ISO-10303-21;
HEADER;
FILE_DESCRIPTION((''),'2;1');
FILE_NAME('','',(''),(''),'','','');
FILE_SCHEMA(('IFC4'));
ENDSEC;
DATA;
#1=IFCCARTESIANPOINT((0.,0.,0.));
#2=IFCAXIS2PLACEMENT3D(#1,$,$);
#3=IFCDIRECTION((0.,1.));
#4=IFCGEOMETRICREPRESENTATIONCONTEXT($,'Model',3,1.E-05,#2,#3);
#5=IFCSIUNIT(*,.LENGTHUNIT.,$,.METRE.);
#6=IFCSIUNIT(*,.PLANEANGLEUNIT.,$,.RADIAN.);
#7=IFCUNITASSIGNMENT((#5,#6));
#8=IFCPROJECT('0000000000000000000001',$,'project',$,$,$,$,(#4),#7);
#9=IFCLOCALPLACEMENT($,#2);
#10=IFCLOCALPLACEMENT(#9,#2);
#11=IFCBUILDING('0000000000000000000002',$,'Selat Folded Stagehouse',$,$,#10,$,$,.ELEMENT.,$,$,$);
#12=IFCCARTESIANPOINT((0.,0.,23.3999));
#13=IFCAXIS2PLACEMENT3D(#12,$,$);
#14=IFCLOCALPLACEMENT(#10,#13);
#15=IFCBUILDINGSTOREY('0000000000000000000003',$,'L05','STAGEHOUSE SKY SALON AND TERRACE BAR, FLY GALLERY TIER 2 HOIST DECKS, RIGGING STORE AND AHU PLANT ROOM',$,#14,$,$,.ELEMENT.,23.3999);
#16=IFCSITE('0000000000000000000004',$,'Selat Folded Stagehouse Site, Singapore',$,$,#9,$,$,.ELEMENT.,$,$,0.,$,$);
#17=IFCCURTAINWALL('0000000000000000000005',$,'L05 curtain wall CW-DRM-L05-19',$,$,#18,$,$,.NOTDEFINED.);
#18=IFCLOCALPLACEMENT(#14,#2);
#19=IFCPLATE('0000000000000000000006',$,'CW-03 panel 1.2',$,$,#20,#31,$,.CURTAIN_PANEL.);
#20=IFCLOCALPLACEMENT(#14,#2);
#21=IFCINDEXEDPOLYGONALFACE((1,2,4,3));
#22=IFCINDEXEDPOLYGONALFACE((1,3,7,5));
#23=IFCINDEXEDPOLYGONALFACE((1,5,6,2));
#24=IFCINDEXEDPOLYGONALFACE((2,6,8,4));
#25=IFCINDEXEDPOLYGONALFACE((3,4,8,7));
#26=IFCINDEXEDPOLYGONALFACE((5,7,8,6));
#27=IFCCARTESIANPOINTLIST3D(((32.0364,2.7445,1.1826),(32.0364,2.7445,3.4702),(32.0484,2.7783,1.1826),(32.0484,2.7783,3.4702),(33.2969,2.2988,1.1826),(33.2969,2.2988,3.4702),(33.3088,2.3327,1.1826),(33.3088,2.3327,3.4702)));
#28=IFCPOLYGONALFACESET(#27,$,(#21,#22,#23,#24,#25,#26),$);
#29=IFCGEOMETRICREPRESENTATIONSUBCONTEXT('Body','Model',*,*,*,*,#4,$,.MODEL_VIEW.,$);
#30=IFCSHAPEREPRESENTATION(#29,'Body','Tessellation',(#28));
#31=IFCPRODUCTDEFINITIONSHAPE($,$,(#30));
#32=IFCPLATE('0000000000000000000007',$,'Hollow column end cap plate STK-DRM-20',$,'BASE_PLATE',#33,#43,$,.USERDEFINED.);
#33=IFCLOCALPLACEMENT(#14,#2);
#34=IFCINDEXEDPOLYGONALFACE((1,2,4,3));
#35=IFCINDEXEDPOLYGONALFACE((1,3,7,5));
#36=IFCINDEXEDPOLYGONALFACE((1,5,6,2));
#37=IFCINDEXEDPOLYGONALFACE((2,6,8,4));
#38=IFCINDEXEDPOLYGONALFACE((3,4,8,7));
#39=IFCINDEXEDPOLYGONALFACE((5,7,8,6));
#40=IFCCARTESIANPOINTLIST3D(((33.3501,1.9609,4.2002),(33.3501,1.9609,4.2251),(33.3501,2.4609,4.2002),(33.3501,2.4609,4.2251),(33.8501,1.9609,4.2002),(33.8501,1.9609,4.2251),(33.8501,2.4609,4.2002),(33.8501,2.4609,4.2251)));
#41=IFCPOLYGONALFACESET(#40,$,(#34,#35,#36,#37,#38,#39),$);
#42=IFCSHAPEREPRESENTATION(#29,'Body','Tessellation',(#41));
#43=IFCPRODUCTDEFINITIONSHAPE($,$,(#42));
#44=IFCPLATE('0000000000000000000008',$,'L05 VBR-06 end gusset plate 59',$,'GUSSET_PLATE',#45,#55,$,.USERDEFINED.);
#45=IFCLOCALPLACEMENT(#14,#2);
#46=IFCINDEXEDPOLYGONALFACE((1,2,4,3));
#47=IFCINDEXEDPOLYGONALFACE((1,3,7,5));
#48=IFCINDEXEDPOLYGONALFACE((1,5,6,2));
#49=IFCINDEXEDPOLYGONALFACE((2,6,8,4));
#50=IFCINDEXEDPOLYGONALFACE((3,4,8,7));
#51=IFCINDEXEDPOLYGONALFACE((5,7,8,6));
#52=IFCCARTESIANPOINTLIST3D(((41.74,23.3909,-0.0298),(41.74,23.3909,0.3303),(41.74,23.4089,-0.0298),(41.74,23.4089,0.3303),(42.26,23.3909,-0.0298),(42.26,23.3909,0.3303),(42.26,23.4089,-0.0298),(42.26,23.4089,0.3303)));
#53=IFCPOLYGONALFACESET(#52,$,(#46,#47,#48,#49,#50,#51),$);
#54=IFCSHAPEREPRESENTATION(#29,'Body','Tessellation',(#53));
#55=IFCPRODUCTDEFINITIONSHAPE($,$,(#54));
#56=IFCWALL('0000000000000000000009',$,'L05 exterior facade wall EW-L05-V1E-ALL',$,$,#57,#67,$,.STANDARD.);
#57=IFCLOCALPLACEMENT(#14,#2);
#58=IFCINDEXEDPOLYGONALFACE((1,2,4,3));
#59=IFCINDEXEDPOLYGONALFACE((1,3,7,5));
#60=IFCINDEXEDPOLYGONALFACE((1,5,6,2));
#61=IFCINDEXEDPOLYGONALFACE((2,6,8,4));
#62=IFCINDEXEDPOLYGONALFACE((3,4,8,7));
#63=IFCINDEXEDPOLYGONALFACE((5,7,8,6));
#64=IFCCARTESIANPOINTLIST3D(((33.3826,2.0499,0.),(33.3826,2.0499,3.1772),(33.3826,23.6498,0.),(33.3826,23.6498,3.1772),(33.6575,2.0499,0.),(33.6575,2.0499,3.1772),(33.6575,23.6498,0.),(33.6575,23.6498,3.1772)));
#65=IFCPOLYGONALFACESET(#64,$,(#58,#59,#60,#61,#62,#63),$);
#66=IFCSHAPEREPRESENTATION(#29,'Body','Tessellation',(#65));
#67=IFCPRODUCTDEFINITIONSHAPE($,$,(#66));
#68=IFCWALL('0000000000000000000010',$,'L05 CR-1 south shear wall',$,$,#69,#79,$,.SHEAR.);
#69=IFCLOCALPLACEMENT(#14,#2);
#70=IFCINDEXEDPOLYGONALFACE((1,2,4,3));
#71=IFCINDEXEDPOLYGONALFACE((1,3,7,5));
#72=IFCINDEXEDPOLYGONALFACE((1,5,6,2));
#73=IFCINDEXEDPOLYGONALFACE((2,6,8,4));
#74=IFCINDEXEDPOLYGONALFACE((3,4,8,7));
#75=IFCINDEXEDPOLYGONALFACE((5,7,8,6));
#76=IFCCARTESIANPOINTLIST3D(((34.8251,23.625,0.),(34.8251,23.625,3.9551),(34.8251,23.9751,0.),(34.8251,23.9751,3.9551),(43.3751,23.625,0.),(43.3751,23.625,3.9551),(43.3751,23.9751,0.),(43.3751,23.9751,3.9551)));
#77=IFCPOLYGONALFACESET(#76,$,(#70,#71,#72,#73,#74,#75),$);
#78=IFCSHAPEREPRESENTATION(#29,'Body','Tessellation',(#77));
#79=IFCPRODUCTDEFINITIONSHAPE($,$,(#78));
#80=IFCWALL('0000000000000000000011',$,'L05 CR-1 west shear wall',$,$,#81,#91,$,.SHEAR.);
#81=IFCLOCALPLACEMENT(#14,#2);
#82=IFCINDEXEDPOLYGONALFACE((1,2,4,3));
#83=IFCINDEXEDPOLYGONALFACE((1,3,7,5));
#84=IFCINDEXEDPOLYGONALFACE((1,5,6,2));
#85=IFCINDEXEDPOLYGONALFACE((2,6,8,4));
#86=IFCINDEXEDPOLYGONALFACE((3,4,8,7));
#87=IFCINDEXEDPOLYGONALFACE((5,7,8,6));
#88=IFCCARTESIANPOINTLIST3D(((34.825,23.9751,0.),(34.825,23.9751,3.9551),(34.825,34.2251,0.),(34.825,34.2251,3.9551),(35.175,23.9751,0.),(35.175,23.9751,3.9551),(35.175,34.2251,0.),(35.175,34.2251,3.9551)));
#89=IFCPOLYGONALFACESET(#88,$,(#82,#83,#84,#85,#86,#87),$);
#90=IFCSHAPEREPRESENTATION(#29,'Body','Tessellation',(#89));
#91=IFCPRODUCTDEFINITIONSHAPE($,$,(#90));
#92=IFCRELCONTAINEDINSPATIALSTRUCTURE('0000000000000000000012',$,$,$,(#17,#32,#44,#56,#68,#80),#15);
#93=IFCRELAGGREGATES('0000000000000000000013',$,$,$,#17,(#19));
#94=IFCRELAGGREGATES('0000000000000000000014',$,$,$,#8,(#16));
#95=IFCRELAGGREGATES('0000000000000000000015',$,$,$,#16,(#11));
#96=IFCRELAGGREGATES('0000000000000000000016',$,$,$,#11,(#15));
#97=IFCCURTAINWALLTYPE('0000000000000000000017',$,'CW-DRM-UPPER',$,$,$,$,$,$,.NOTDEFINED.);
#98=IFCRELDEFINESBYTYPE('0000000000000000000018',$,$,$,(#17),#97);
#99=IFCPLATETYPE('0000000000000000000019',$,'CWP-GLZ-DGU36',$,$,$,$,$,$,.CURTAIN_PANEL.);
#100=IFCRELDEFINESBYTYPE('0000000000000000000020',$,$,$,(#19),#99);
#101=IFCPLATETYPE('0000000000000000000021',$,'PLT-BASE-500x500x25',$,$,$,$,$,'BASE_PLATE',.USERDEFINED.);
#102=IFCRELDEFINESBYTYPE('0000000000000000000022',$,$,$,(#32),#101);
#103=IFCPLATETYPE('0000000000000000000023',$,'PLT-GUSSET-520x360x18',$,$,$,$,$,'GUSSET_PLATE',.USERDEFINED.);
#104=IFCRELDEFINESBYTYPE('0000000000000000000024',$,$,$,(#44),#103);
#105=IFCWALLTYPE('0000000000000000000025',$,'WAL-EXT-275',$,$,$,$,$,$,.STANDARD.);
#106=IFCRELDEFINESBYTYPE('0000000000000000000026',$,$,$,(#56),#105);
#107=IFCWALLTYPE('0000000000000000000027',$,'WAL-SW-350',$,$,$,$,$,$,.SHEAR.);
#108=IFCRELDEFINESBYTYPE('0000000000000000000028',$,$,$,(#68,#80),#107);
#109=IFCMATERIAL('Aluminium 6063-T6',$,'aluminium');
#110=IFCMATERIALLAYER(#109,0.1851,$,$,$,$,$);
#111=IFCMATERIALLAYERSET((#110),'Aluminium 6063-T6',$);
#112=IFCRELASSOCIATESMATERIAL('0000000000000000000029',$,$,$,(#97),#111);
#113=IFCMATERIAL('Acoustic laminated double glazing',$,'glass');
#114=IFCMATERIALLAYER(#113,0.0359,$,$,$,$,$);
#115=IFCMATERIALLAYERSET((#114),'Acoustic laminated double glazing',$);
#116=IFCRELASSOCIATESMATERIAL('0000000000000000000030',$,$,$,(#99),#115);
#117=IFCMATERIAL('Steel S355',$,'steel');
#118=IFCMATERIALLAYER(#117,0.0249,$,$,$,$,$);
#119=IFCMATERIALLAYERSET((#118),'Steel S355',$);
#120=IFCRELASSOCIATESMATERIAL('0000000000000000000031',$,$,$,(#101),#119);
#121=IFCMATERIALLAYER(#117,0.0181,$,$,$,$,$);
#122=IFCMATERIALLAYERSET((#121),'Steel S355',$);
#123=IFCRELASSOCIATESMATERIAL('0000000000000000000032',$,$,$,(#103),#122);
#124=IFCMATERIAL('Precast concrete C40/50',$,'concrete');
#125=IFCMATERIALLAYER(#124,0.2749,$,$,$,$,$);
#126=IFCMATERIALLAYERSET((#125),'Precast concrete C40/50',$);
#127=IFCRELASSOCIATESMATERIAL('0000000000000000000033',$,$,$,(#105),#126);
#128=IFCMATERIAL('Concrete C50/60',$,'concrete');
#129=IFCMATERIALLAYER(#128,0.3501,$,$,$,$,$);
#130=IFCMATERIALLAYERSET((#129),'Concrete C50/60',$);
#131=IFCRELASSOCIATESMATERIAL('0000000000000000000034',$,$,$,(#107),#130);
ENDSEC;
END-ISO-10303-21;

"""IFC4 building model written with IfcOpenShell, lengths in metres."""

from ifc_helpers import new_model, si_unit, direction, frame, frame_2d, origin, origin_2d, place, context, subcontext, project, spatial, rectangle, extrude, material, layer, layer_set, type_object, element, aggregate, save


model = new_model("IFC4")

# Units and contexts
model_context = context("Model", 3, precision=1e-05, world=origin(), true_north=direction((0.0, 1.0)))
body_context = subcontext(model_context, "Body", "Model", "MODEL_VIEW")
ifc_project = project(units=[si_unit("LENGTHUNIT", "METRE"), si_unit("PLANEANGLEUNIT", "RADIAN")], contexts=[model_context])

# Site, building, storey
site_placement = place(None, origin())
site = spatial("IfcSite", under=ifc_project, at=site_placement, Name="Selat Folded Stagehouse Site, Singapore", CompositionType="ELEMENT", RefElevation=0.0)
building_placement = place(site_placement, origin())
building = spatial("IfcBuilding", under=site, at=building_placement, Name="Selat Folded Stagehouse", CompositionType="ELEMENT")
storey_placement = place(building_placement, frame((0.0, 0.0, 23.3999)))
storey = spatial("IfcBuildingStorey", under=building, at=storey_placement, Name="L05", Description="STAGEHOUSE SKY SALON AND TERRACE BAR, FLY GALLERY TIER 2 HOIST DECKS, RIGGING STORE AND AHU PLANT ROOM", CompositionType="ELEMENT", Elevation=23.3999)

# Shared definitions
ifc_material_1 = material(Name="Steel S355", Category="steel")

# Curtain wall
ifc_material_2 = material(Name="Aluminium 6063-T6", Category="aluminium")
ifc_layer_1 = layer(ifc_material_2, 0.1851)
ifc_layer_set_1 = layer_set([ifc_layer_1], Name="Aluminium 6063-T6")
curtain_wall_type = type_object("IfcCurtainWallType", Name="CW-DRM-UPPER", PredefinedType="NOTDEFINED", material=ifc_layer_set_1)
curtain_wall_placement = place(storey_placement, origin())
curtain_wall = element("IfcCurtainWall", 1, at=curtain_wall_placement, inside=storey, type_object=curtain_wall_type, Name="L05 curtain wall CW-DRM-L05-19", PredefinedType="NOTDEFINED")

# Plate
ifc_material_3 = material(Name="Acoustic laminated double glazing", Category="glass")
ifc_layer_2 = layer(ifc_material_3, 0.0359)
ifc_layer_set_2 = layer_set([ifc_layer_2], Name="Acoustic laminated double glazing")
plate_type_1 = type_object("IfcPlateType", Name="CWP-GLZ-DGU36", PredefinedType="CURTAIN_PANEL", material=ifc_layer_set_2)
plate_1_placement = place(storey_placement, frame((32.6726, 2.5386, 1.1826), z_axis=(0.0, 0.0, 1.0), x_axis=(-0.942816, 0.333314, 0.0)))
plate_1 = element("IfcPlate", 2, at=plate_1_placement, type_object=plate_type_1, Name="CW-03 panel 1.2", PredefinedType="CURTAIN_PANEL", context=body_context, shape_type="SweptSolid", body=[
    extrude(rectangle(XDim=1.3369, YDim=0.0359, at=origin_2d()), origin(), (0.0, 0.0, 1.0), 2.2876),
])
aggregate(curtain_wall, [plate_1])

# Plates
ifc_layer_3 = layer(ifc_material_1, 0.0249)
ifc_layer_set_3 = layer_set([ifc_layer_3], Name="Steel S355")
plate_type_2 = type_object("IfcPlateType", Name="PLT-BASE-500x500x25", ElementType="BASE_PLATE", PredefinedType="USERDEFINED", material=ifc_layer_set_3)
plate_2_placement = place(storey_placement, frame((33.6001, 2.2109, 4.2002), z_axis=(0.0, 0.0, 1.0), x_axis=(1.0, 0.0, 0.0)))
element("IfcPlate", 3, at=plate_2_placement, inside=storey, type_object=plate_type_2, Name="Hollow column end cap plate STK-DRM-20", ObjectType="BASE_PLATE", PredefinedType="USERDEFINED", context=body_context, shape_type="SweptSolid", body=[
    extrude(rectangle(XDim=0.5, YDim=0.5, at=origin_2d()), origin(), (0.0, 0.0, 1.0), 0.0249),
])
ifc_layer_4 = layer(ifc_material_1, 0.0181)
ifc_layer_set_4 = layer_set([ifc_layer_4], Name="Steel S355")
plate_type_3 = type_object("IfcPlateType", Name="PLT-GUSSET-520x360x18", ElementType="GUSSET_PLATE", PredefinedType="USERDEFINED", material=ifc_layer_set_4)
plate_3_placement = place(storey_placement, frame((42.0, 23.3999, -0.0298), z_axis=(0.0, 0.0, 1.0), x_axis=(1.0, 0.0, 0.0)))
element("IfcPlate", 4, at=plate_3_placement, inside=storey, type_object=plate_type_3, Name="L05 VBR-06 end gusset plate 59", ObjectType="GUSSET_PLATE", PredefinedType="USERDEFINED", context=body_context, shape_type="SweptSolid", body=[
    extrude(rectangle(XDim=0.52, YDim=0.0181, at=origin_2d()), origin(), (0.0, 0.0, 1.0), 0.3601),
])

# Walls
ifc_material_4 = material(Name="Precast concrete C40/50", Category="concrete")
ifc_layer_5 = layer(ifc_material_4, 0.2749)
ifc_layer_set_5 = layer_set([ifc_layer_5], Name="Precast concrete C40/50")
wall_type_1 = type_object("IfcWallType", Name="WAL-EXT-275", PredefinedType="STANDARD", material=ifc_layer_set_5)
wall_1_placement = place(storey_placement, frame((33.52, 2.05, 0.0), z_axis=(0.0, 0.0, 1.0), x_axis=(0.0, 1.0, 0.0)))
element("IfcWall", 5, at=wall_1_placement, inside=storey, type_object=wall_type_1, Name="L05 exterior facade wall EW-L05-V1E-ALL", PredefinedType="STANDARD", context=body_context, shape_type="SweptSolid", body=[
    extrude(rectangle(XDim=21.5999, YDim=0.2749, at=frame_2d((10.7998, 0.0))), origin(), (0.0, 0.0, 1.0), 3.1772),
])
ifc_material_5 = material(Name="Concrete C50/60", Category="concrete")
ifc_layer_6 = layer(ifc_material_5, 0.3501)
ifc_layer_set_6 = layer_set([ifc_layer_6], Name="Concrete C50/60")
wall_type_2 = type_object("IfcWallType", Name="WAL-SW-350", PredefinedType="SHEAR", material=ifc_layer_set_6)
wall_2_placement = place(storey_placement, frame((43.375, 23.8, 0.0), z_axis=(0.0, 0.0, 1.0), x_axis=(-1.0, 0.0, 0.0)))
element("IfcWall", 6, at=wall_2_placement, inside=storey, type_object=wall_type_2, Name="L05 CR-1 south shear wall", PredefinedType="SHEAR", context=body_context, shape_type="SweptSolid", body=[
    extrude(rectangle(XDim=8.55, YDim=0.3501, at=frame_2d((4.2749, 0.0))), origin(), (0.0, 0.0, 1.0), 3.9551),
])
wall_3_placement = place(storey_placement, frame((35.0, 23.9751, 0.0), z_axis=(0.0, 0.0, 1.0), x_axis=(0.0, 1.0, 0.0)))
element("IfcWall", 7, at=wall_3_placement, inside=storey, type_object=wall_type_2, Name="L05 CR-1 west shear wall", PredefinedType="SHEAR", context=body_context, shape_type="SweptSolid", body=[
    extrude(rectangle(XDim=10.25, YDim=0.3501, at=frame_2d((5.125, 0.0))), origin(), (0.0, 0.0, 1.0), 3.9551),
])

save(model, "model.ifc")
